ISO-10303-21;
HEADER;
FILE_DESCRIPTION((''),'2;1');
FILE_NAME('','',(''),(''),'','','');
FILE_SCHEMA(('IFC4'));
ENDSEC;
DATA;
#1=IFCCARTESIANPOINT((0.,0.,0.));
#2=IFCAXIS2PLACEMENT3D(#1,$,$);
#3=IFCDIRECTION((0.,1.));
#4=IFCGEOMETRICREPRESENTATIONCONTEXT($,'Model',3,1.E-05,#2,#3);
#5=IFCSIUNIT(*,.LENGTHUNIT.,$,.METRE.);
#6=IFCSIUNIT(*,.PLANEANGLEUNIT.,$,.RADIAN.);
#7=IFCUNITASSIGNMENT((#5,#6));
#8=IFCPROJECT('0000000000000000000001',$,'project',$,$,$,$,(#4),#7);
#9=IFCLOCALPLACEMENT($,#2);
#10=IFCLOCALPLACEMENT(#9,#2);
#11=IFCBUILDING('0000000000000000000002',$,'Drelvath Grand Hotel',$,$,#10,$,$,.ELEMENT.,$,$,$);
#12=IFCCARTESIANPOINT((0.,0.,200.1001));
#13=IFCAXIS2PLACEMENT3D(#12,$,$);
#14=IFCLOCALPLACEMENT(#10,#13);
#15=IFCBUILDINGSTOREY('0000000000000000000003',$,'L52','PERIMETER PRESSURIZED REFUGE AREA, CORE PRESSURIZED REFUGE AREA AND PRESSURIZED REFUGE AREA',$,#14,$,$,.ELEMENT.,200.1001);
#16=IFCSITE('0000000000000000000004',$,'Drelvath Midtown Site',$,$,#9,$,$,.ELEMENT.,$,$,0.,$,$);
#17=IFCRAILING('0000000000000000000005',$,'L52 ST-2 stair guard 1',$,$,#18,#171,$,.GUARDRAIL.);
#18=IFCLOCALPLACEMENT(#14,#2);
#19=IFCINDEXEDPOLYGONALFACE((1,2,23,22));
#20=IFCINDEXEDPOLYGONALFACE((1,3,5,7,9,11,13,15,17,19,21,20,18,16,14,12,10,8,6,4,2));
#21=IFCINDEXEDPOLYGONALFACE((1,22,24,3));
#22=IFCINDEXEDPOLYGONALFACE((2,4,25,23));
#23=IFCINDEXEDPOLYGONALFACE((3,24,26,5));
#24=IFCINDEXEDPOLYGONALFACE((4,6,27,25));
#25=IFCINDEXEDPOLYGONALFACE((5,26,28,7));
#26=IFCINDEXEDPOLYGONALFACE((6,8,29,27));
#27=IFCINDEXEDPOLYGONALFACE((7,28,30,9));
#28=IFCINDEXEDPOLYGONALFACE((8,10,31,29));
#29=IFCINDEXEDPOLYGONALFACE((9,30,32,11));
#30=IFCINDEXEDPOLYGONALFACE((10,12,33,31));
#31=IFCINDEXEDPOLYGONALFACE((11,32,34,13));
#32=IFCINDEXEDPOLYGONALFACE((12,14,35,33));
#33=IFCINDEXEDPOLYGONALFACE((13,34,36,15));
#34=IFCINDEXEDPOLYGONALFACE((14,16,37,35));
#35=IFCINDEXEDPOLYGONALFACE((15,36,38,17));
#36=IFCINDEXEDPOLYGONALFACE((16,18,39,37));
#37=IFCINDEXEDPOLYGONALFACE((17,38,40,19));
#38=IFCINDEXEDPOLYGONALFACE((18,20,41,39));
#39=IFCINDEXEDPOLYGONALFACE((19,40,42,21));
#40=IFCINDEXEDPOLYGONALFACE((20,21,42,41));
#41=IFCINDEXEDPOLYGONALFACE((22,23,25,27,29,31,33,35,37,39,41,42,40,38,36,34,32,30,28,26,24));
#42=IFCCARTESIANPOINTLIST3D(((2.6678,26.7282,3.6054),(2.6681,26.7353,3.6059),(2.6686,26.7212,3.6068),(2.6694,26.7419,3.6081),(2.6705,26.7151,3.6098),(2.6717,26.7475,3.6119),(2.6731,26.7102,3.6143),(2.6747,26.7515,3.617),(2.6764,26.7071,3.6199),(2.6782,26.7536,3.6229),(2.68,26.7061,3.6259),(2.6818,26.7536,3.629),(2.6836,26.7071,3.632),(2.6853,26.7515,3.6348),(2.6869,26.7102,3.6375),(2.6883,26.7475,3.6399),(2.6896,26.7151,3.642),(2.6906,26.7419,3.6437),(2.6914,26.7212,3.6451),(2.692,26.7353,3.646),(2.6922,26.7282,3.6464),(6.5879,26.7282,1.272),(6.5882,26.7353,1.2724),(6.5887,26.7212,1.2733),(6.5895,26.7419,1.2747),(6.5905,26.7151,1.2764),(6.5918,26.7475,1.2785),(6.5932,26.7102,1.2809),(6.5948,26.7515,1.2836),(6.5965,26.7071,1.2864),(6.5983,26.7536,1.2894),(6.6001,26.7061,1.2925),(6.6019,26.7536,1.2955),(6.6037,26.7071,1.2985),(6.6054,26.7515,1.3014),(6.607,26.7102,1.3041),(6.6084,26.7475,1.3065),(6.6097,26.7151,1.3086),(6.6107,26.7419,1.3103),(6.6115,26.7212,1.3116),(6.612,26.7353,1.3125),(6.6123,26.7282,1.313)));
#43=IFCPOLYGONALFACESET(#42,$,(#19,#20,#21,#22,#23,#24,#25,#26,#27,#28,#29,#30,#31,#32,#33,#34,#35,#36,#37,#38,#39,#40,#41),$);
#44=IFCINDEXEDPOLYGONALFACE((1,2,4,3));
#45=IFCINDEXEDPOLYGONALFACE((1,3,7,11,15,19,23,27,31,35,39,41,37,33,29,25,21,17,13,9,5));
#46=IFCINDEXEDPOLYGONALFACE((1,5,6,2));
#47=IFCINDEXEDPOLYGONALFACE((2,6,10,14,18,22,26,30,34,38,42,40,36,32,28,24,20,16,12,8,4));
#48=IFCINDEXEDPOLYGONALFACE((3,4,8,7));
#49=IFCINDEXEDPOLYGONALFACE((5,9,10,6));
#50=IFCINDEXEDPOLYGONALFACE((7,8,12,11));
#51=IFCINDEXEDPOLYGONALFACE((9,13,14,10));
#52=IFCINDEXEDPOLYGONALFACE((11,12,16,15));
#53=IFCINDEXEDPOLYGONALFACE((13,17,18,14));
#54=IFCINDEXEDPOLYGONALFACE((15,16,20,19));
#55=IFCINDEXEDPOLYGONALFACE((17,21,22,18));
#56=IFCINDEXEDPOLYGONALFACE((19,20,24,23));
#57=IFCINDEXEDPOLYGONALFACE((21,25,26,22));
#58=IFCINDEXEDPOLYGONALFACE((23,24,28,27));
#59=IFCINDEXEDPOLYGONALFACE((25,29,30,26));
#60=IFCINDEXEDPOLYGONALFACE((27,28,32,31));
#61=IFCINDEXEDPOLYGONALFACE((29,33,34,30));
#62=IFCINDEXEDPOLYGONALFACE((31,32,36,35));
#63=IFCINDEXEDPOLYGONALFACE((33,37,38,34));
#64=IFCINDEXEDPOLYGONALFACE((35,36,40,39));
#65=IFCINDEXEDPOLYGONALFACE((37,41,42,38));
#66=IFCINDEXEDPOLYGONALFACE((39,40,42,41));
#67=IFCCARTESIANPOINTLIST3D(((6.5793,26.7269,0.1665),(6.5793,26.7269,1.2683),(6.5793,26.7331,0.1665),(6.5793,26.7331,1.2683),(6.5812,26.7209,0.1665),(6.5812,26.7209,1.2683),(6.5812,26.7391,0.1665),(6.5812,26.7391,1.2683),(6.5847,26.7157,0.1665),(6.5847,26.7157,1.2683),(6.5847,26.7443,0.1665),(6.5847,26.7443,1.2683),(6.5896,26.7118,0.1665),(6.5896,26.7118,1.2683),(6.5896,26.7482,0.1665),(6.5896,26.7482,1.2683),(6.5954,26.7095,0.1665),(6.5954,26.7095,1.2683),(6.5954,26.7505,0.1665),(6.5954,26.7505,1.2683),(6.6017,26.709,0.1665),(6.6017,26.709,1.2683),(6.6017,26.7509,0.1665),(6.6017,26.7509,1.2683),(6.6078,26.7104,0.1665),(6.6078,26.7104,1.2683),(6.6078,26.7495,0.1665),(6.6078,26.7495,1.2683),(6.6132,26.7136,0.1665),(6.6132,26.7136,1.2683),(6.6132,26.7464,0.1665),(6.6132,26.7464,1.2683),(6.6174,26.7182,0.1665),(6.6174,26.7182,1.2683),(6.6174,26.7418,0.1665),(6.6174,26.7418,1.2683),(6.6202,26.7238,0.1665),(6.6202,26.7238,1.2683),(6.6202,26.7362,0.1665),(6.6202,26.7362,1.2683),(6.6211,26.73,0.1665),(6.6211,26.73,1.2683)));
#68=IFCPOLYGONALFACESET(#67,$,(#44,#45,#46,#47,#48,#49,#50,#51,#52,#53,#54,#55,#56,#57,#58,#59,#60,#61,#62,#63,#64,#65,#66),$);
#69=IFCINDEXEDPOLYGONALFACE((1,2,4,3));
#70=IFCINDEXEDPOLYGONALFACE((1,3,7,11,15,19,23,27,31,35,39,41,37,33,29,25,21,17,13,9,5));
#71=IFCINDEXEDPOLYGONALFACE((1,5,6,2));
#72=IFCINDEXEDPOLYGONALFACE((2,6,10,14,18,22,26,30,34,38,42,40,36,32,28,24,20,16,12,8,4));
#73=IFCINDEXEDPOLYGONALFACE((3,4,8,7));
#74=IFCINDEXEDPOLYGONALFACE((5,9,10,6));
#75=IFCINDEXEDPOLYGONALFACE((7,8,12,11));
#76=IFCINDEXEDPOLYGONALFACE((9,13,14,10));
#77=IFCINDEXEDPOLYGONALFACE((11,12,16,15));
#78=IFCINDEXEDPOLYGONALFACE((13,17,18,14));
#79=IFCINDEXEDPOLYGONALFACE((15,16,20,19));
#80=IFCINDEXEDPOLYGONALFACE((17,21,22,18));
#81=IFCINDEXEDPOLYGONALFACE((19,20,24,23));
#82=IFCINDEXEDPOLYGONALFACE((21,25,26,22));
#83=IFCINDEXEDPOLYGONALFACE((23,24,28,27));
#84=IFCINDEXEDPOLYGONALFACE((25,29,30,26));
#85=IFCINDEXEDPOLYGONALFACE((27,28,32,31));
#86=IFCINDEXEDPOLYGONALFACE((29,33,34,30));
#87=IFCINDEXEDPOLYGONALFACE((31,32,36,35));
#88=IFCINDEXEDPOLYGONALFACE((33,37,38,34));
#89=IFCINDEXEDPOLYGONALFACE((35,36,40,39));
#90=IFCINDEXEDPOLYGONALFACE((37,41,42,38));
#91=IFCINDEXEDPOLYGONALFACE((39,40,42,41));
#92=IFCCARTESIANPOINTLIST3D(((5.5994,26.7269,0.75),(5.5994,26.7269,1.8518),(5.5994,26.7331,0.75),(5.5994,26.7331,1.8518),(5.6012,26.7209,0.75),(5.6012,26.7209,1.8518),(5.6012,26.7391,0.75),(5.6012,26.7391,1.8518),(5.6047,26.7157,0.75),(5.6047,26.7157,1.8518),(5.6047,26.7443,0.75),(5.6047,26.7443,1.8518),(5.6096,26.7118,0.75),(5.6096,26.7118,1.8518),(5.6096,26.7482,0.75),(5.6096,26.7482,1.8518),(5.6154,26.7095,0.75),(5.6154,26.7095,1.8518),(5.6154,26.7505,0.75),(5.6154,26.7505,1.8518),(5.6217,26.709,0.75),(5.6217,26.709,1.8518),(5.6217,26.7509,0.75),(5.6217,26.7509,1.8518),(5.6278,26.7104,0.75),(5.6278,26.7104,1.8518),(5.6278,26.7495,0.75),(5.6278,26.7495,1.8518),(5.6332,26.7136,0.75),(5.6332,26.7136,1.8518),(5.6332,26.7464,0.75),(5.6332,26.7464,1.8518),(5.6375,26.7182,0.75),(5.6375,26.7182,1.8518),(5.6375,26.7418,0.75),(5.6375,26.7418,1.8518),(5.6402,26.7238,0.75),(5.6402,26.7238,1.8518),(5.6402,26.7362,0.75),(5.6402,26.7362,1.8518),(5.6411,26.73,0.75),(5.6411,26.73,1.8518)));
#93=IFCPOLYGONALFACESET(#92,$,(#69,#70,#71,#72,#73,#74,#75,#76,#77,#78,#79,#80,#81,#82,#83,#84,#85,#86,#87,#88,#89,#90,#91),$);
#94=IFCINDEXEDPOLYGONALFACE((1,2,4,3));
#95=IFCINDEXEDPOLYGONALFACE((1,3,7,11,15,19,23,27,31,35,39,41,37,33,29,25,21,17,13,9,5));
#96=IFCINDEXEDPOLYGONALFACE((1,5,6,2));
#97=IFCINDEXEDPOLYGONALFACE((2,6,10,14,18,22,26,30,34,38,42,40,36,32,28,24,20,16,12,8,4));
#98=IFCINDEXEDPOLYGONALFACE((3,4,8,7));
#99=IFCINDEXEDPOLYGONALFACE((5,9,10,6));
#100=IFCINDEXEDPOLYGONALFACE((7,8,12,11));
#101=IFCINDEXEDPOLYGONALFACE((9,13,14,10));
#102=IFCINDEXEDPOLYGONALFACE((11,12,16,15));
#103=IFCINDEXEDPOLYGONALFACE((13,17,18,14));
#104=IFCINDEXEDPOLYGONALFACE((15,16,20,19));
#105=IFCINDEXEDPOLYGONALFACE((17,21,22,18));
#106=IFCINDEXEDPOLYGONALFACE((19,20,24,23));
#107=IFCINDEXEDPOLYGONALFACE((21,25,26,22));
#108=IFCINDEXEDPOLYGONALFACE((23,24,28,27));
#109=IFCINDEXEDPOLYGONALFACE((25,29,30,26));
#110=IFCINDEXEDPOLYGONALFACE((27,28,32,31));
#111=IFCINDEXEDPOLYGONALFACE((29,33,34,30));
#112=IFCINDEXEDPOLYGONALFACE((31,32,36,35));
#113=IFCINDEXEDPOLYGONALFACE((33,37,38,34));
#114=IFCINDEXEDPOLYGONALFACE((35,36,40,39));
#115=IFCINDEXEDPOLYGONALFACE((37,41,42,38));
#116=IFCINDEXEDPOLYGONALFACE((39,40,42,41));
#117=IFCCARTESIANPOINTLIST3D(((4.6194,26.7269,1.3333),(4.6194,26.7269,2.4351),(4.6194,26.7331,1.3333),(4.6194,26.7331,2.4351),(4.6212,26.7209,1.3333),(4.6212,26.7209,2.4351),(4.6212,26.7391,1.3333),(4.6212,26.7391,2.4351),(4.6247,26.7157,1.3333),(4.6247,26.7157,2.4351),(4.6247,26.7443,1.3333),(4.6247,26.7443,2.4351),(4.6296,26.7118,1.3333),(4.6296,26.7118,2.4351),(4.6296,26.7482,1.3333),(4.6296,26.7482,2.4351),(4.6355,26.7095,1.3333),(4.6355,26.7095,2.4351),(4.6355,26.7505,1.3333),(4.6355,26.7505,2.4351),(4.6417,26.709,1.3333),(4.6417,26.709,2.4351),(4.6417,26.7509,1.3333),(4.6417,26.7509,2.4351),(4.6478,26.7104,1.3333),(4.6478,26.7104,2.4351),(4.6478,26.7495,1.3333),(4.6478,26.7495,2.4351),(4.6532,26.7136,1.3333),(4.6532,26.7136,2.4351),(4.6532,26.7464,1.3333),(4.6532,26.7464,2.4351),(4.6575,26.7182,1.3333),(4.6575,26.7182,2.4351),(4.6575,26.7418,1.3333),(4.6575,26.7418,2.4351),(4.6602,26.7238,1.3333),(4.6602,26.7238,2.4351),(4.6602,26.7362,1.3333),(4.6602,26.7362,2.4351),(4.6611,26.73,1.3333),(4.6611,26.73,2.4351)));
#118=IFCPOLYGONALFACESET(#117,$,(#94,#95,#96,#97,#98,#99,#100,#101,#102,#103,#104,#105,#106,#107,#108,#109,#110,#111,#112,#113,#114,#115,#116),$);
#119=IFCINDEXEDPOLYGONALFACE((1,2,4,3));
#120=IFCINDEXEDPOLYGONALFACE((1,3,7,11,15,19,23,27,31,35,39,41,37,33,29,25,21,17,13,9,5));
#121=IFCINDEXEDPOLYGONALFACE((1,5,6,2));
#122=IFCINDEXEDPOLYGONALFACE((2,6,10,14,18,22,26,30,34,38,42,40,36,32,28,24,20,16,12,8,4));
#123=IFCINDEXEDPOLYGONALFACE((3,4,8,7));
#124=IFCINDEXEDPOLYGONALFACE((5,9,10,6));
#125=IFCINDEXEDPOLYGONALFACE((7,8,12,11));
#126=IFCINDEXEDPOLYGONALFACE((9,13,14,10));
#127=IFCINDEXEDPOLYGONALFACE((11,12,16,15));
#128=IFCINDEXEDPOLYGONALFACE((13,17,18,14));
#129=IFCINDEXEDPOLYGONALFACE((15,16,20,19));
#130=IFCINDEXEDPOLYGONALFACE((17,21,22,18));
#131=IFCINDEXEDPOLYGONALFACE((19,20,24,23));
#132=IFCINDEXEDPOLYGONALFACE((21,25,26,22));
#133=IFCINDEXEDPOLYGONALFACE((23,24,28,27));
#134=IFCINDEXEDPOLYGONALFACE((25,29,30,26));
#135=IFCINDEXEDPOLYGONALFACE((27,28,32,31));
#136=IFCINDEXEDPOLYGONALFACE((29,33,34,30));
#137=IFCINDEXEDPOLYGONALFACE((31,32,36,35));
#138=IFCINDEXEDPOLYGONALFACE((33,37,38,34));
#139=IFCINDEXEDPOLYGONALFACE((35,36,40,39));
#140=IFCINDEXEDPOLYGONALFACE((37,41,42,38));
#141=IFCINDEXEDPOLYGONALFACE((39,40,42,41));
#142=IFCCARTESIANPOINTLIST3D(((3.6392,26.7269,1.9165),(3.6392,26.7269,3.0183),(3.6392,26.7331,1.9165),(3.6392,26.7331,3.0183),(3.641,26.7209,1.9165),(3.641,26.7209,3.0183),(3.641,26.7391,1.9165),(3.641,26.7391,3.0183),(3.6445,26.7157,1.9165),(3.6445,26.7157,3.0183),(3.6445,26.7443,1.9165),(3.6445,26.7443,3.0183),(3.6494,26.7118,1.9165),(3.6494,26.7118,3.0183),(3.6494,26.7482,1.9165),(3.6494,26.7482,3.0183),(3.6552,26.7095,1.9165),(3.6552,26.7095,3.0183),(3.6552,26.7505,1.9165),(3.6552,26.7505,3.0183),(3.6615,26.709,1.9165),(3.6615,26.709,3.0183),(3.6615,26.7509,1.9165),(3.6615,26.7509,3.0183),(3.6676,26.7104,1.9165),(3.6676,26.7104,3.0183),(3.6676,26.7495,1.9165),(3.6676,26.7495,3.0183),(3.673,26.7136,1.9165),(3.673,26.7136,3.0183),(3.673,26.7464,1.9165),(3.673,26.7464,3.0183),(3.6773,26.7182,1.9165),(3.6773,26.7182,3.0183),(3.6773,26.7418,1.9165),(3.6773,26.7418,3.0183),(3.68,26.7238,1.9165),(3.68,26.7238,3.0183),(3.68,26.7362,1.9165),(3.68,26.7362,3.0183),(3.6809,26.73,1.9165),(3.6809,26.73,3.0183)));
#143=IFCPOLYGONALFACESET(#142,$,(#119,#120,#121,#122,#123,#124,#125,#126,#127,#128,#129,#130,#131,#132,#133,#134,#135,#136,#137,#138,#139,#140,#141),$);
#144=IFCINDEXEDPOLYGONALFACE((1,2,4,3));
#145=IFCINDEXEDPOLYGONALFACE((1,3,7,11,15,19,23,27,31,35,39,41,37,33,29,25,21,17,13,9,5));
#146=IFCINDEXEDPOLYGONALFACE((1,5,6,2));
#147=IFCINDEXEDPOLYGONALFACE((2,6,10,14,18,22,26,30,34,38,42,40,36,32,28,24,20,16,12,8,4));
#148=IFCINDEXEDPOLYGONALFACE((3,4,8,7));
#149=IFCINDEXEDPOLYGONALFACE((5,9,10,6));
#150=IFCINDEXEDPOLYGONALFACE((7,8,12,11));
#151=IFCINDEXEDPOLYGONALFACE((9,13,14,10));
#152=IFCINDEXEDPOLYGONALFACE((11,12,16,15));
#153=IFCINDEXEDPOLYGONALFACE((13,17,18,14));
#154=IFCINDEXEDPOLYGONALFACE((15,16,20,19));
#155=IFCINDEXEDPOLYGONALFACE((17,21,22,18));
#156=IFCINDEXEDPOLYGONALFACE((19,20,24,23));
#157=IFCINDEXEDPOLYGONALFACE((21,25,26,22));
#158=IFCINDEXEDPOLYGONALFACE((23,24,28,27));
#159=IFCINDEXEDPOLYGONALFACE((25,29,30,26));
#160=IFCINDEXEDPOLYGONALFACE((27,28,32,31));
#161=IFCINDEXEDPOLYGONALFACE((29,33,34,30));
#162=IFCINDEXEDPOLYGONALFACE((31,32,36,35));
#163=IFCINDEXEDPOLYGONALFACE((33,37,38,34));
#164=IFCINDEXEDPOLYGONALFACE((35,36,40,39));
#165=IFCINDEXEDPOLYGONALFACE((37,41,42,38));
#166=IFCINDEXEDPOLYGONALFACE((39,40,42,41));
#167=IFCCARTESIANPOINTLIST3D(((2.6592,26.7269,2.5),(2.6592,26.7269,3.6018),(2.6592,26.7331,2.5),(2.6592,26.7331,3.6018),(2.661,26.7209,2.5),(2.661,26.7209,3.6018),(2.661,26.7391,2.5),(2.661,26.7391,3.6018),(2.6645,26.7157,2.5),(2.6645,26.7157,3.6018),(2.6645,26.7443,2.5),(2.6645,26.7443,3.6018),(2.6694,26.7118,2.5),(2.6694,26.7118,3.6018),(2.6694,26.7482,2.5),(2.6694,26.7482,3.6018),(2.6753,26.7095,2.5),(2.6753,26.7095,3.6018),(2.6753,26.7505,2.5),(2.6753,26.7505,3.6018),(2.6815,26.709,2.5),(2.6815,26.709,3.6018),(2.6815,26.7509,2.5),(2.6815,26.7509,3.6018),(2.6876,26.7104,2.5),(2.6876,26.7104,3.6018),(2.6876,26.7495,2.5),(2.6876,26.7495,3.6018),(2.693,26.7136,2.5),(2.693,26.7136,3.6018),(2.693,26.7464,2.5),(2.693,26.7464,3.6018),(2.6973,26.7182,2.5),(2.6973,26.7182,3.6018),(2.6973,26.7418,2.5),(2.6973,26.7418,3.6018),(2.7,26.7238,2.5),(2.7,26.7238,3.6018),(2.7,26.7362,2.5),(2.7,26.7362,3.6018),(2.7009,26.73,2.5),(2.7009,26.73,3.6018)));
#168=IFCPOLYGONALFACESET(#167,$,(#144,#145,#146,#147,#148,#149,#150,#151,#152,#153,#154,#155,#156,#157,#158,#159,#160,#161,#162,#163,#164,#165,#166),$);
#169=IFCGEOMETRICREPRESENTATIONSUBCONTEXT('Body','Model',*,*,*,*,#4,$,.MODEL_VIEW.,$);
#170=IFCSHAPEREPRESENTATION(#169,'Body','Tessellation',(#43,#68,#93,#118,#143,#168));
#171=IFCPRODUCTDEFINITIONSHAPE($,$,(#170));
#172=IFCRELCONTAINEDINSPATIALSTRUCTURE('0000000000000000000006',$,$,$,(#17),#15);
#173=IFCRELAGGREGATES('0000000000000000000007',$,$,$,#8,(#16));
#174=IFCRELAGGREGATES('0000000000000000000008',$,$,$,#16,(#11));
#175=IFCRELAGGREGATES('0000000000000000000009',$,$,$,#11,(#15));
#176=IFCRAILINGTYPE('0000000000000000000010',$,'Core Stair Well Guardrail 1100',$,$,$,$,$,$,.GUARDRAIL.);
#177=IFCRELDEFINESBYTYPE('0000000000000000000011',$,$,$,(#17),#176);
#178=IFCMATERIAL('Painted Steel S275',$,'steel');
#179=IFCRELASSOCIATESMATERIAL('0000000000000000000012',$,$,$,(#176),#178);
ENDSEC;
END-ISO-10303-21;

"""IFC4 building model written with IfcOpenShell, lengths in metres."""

from ifc_helpers import new_model, si_unit, direction, frame, origin, origin_2d, place, context, subcontext, project, spatial, circle, extrude, material, type_object, element, save


model = new_model("IFC4")

# Units and contexts
model_context = context("Model", 3, precision=1e-05, world=origin(), true_north=direction((0.0, 1.0)))
body_context = subcontext(model_context, "Body", "Model", "MODEL_VIEW")
ifc_project = project(units=[si_unit("LENGTHUNIT", "METRE"), si_unit("PLANEANGLEUNIT", "RADIAN")], contexts=[model_context])

# Site, building, storey
site_placement = place(None, origin())
site = spatial("IfcSite", under=ifc_project, at=site_placement, Name="Drelvath Midtown Site", CompositionType="ELEMENT", RefElevation=0.0)
building_placement = place(site_placement, origin())
building = spatial("IfcBuilding", under=site, at=building_placement, Name="Drelvath Grand Hotel", CompositionType="ELEMENT")
storey_placement = place(building_placement, frame((0.0, 0.0, 200.1001)))
storey = spatial("IfcBuildingStorey", under=building, at=storey_placement, Name="L52", Description="PERIMETER PRESSURIZED REFUGE AREA, CORE PRESSURIZED REFUGE AREA AND PRESSURIZED REFUGE AREA", CompositionType="ELEMENT", Elevation=200.1001)

# Shared definitions
ifc_material_1 = material(Name="Painted Steel S275", Category="steel")

# Railing
railing_type_1 = type_object("IfcRailingType", Name="Core Stair Well Guardrail 1100", PredefinedType="GUARDRAIL", material=ifc_material_1)
railing_1_placement = place(storey_placement, frame((6.6001, 26.73, 0.1665)))
element("IfcRailing", 1, at=railing_1_placement, inside=storey, type_object=railing_type_1, Name="L52 ST-2 stair guard 1", PredefinedType="GUARDRAIL", context=body_context, shape_type="SweptSolid", body=[
    extrude(circle(Radius=0.0239, at=origin_2d()), frame((0.0, 0.0, 1.126), z_axis=(-0.859287, 0.0, 0.511494), x_axis=(0.0, -1.0, 0.0)), (0.0, 0.0, 1.0), 4.562),
    extrude(circle(Radius=0.021, at=origin_2d()), origin(), (0.0, 0.0, 1.0), 1.1018),
    extrude(circle(Radius=0.021, at=origin_2d()), frame((-0.98, 0.0, 0.5835)), (0.0, 0.0, 1.0), 1.1018),
    extrude(circle(Radius=0.021, at=origin_2d()), frame((-1.96, 0.0, 1.1667)), (0.0, 0.0, 1.0), 1.1018),
    extrude(circle(Radius=0.021, at=origin_2d()), frame((-2.9402, 0.0, 1.75)), (0.0, 0.0, 1.0), 1.1018),
    extrude(circle(Radius=0.021, at=origin_2d()), frame((-3.9202, 0.0, 2.3335)), (0.0, 0.0, 1.0), 1.1018),
])

save(model, "model.ifc")
